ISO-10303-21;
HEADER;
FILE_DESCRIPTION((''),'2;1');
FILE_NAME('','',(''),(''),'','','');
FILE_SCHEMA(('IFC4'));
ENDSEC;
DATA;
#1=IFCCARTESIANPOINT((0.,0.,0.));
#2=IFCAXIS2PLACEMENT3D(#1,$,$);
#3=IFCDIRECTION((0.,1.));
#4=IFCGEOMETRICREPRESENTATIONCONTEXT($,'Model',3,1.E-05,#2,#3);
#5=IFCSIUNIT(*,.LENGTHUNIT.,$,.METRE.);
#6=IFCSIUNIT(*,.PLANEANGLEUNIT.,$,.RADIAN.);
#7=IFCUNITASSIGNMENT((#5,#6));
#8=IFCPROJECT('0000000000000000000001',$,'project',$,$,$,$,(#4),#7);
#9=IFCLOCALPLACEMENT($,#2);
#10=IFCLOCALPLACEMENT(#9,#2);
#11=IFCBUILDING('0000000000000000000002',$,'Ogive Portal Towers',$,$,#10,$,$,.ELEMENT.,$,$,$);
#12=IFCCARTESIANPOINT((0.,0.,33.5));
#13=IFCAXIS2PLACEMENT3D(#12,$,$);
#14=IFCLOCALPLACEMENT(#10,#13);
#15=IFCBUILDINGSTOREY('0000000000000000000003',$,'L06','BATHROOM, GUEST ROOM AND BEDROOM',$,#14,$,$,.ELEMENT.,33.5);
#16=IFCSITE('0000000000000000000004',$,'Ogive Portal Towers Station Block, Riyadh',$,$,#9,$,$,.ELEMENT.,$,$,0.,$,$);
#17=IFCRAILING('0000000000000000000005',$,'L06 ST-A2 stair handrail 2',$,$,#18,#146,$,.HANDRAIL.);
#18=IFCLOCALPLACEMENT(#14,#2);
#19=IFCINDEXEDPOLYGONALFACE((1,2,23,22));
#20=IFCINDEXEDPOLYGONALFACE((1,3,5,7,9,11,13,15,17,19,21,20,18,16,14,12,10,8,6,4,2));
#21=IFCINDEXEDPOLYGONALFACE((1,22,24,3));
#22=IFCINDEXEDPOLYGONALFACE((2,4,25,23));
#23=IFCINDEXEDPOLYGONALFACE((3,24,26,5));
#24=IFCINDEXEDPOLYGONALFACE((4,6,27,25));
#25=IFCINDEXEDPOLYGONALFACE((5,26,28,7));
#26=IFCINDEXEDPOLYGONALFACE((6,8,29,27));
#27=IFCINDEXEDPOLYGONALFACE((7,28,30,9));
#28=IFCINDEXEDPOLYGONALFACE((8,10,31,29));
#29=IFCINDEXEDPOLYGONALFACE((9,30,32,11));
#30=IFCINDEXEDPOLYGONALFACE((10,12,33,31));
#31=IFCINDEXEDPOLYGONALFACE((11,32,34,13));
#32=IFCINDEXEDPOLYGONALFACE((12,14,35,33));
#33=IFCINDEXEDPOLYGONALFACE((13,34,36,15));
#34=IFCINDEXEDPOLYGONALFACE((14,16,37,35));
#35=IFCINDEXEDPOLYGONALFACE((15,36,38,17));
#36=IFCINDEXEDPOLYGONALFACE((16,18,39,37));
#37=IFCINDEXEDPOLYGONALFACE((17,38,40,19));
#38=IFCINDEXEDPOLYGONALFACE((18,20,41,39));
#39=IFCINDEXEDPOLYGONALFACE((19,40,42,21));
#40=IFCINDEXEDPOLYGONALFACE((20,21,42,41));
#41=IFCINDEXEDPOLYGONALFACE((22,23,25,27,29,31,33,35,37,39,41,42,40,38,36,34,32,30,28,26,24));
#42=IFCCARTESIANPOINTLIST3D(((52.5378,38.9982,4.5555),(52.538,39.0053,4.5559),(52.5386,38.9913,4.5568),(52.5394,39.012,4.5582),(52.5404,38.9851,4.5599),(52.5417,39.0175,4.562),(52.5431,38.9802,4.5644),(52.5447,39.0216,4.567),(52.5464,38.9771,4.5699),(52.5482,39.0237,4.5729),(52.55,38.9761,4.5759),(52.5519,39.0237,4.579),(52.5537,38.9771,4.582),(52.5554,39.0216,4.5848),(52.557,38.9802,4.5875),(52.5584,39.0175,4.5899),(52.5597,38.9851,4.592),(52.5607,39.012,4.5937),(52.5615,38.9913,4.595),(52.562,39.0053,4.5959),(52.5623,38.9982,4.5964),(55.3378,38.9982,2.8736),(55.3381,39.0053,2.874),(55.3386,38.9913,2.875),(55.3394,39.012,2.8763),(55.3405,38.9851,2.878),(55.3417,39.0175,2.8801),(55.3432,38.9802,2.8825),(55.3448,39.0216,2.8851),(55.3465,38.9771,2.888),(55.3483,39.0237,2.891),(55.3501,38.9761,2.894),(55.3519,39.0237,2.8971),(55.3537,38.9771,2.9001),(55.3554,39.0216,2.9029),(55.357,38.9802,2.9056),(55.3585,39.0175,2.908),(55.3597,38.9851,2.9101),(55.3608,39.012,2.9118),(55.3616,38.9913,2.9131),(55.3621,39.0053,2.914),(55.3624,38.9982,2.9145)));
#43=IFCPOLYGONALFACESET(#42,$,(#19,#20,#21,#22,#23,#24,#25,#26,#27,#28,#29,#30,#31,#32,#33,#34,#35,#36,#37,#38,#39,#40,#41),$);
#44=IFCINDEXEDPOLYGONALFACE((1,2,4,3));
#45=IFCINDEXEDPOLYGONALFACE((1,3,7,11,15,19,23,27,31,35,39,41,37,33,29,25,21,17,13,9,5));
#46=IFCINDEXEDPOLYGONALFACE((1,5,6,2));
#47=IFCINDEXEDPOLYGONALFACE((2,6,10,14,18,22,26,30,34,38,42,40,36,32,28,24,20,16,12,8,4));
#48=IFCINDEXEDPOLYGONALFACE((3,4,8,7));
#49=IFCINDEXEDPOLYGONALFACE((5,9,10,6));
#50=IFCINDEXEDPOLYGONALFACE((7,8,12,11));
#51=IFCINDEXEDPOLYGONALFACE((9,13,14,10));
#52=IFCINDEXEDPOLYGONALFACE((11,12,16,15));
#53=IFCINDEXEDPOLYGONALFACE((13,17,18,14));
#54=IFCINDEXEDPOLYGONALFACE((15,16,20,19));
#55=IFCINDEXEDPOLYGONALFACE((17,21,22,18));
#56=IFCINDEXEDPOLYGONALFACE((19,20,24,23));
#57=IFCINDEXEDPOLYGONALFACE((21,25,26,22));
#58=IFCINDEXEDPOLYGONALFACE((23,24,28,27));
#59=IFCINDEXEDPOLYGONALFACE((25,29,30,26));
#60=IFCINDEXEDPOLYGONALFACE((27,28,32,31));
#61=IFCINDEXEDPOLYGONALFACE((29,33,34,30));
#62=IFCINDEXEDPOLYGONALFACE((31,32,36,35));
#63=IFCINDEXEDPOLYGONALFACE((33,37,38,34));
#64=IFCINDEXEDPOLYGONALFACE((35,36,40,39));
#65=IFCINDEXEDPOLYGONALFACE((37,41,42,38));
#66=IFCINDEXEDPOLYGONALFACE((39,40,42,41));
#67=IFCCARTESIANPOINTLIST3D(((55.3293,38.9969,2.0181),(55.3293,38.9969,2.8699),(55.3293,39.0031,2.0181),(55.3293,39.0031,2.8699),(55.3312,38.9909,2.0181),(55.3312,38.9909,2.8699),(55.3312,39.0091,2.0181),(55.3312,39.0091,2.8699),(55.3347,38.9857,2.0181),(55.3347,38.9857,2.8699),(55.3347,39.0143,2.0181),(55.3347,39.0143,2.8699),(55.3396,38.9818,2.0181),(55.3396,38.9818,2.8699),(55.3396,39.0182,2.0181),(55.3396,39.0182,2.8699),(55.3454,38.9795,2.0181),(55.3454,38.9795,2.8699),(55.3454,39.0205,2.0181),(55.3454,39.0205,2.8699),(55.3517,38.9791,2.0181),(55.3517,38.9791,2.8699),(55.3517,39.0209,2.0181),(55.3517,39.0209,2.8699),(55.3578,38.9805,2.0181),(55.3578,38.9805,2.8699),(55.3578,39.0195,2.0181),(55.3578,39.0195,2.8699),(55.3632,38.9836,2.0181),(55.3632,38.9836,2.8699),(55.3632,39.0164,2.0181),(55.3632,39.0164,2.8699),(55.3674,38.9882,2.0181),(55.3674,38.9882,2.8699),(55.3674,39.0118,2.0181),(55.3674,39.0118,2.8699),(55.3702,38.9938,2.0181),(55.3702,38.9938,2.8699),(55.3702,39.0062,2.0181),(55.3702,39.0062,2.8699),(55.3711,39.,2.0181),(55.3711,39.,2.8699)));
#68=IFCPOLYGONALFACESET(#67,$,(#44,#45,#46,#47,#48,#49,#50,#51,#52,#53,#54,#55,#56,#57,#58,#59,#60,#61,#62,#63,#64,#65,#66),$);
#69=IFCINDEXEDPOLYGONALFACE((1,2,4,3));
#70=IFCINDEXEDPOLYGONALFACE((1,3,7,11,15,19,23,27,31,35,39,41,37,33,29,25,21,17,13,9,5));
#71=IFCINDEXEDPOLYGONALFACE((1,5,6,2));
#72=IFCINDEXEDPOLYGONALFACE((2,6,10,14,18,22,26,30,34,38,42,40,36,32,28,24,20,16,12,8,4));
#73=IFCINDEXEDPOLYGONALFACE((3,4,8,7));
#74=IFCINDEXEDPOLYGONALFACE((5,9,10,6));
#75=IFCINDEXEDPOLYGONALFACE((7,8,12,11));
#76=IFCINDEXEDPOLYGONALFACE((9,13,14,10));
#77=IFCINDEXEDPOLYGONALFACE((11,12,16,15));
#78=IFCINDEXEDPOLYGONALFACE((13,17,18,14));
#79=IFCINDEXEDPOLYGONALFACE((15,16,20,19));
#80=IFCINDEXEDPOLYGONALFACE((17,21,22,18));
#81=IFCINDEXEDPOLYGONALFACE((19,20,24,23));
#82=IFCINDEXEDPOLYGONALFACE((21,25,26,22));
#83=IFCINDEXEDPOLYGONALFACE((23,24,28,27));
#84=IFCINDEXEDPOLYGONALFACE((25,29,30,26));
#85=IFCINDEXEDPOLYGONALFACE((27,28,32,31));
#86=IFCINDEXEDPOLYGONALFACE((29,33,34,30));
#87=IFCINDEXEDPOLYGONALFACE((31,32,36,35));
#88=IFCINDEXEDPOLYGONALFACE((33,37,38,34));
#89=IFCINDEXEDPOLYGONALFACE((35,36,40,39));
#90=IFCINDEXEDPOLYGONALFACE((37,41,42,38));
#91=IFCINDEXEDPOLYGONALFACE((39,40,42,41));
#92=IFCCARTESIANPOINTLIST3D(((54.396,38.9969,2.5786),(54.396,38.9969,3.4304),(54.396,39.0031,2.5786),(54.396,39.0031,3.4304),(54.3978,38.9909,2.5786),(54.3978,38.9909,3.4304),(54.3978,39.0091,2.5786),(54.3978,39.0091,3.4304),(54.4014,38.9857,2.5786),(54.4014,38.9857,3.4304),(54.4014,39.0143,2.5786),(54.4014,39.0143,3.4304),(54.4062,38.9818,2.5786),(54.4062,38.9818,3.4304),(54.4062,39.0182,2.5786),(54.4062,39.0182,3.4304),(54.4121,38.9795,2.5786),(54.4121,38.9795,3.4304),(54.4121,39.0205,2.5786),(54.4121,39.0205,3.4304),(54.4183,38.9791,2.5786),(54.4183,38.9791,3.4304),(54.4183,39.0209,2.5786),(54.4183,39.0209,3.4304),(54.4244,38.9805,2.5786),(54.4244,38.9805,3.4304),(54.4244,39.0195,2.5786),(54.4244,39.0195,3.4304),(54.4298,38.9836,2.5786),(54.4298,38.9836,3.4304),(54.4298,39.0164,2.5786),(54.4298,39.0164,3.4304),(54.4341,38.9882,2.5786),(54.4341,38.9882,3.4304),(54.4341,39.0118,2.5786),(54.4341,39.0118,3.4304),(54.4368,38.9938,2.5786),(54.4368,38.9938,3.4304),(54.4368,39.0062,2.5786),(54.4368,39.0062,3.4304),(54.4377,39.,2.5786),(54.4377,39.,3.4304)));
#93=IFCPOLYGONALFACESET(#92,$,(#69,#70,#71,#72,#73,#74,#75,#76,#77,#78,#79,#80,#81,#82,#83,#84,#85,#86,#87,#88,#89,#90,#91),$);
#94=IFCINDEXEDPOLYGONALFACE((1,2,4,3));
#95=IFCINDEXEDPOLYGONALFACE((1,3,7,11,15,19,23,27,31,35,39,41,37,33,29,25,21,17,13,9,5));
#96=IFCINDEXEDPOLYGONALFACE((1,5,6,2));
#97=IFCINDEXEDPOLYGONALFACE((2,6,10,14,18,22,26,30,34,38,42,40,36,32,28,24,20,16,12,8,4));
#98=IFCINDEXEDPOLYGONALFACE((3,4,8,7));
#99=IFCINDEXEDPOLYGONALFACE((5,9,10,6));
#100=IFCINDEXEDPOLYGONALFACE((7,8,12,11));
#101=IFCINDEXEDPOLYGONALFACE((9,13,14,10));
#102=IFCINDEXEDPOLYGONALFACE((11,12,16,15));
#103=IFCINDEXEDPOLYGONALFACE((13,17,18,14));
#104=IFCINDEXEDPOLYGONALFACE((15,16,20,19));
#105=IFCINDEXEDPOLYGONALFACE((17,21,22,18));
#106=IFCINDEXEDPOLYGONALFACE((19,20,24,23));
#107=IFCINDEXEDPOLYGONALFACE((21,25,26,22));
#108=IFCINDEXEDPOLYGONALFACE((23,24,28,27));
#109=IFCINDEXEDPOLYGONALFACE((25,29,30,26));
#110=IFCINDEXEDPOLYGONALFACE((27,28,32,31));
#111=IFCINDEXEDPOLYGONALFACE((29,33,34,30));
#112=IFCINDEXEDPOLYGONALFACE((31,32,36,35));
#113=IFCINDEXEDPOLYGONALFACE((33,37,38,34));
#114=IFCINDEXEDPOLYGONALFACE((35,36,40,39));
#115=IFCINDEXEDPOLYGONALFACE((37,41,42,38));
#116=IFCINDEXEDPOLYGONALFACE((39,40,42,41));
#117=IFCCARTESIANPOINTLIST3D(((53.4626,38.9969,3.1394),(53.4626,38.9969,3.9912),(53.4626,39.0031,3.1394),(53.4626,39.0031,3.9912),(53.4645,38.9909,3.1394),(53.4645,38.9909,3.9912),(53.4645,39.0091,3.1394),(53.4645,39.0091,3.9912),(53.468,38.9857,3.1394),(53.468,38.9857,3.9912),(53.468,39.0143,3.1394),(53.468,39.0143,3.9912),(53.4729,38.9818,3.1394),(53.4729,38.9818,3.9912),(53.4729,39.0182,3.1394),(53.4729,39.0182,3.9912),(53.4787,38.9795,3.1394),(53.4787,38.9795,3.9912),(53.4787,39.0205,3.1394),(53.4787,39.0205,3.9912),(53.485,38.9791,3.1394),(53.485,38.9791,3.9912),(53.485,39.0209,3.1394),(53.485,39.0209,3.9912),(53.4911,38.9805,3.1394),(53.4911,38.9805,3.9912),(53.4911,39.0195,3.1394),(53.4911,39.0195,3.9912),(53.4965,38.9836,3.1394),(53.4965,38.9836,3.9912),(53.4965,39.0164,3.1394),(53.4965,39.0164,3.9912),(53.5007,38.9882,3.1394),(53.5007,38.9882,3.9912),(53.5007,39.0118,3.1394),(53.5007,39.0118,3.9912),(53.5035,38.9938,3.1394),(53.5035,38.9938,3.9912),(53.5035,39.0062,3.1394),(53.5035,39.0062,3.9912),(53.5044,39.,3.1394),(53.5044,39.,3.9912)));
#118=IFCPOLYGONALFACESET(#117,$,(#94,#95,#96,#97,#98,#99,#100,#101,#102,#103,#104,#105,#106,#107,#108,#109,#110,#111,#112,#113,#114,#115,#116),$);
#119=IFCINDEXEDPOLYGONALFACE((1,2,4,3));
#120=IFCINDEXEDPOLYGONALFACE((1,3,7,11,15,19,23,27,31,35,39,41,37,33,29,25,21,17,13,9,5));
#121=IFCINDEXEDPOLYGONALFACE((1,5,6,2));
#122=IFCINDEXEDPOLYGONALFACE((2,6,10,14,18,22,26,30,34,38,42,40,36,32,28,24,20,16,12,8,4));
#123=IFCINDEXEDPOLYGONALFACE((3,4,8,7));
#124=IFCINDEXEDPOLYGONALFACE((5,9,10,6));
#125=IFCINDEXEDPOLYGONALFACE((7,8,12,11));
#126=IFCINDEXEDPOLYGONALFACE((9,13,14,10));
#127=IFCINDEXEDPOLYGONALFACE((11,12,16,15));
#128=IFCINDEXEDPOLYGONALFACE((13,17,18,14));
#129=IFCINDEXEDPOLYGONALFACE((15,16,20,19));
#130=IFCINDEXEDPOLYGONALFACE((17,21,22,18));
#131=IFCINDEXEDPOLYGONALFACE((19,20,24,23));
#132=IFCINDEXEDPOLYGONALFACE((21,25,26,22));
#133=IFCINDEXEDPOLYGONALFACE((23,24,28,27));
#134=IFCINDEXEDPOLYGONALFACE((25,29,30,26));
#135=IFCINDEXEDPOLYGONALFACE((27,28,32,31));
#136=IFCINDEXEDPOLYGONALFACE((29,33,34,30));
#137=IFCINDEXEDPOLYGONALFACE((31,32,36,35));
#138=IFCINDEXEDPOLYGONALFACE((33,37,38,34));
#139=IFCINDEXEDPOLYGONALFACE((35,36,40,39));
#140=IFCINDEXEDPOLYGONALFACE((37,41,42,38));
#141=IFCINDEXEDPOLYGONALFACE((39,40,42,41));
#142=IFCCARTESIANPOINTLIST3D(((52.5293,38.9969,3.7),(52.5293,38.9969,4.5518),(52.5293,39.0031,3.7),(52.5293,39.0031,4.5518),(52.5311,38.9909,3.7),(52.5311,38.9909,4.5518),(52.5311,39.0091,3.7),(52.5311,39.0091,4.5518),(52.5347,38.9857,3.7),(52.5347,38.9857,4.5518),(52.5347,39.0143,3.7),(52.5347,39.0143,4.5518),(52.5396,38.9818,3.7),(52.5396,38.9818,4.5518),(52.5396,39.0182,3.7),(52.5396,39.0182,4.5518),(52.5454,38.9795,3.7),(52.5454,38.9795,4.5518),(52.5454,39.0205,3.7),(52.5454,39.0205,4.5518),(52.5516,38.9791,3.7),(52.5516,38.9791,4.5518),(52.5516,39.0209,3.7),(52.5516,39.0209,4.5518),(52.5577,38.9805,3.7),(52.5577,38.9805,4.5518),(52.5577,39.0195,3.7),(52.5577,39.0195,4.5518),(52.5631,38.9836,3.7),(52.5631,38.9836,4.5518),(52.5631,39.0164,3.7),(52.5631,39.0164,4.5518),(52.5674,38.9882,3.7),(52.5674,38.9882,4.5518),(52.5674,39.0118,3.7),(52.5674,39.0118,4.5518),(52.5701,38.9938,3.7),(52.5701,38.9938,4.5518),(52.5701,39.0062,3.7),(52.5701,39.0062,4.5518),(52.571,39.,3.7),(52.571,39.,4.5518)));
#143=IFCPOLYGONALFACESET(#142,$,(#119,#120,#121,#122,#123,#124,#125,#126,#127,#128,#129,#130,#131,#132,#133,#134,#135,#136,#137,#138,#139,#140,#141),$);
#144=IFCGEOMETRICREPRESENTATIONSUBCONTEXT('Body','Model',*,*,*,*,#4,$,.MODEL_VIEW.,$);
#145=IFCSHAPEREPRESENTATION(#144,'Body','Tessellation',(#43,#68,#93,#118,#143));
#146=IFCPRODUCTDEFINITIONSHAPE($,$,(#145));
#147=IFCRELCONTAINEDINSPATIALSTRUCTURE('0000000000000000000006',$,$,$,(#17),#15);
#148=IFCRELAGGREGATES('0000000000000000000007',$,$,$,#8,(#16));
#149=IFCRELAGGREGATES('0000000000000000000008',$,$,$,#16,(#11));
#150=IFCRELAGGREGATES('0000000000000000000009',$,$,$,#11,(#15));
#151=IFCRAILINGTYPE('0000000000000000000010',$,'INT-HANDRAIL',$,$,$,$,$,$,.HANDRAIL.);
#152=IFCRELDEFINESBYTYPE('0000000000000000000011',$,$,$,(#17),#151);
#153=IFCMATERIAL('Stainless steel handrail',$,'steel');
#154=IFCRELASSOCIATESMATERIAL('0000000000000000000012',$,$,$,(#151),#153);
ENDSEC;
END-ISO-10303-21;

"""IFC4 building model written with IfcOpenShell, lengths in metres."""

from ifc_helpers import new_model, si_unit, direction, frame, origin, origin_2d, place, context, subcontext, project, spatial, circle, extrude, material, type_object, element, save


model = new_model("IFC4")

# Units and contexts
model_context = context("Model", 3, precision=1e-05, world=origin(), true_north=direction((0.0, 1.0)))
body_context = subcontext(model_context, "Body", "Model", "MODEL_VIEW")
ifc_project = project(units=[si_unit("LENGTHUNIT", "METRE"), si_unit("PLANEANGLEUNIT", "RADIAN")], contexts=[model_context])

# Site, building, storey
site_placement = place(None, origin())
site = spatial("IfcSite", under=ifc_project, at=site_placement, Name="Ogive Portal Towers Station Block, Riyadh", CompositionType="ELEMENT", RefElevation=0.0)
building_placement = place(site_placement, origin())
building = spatial("IfcBuilding", under=site, at=building_placement, Name="Ogive Portal Towers", CompositionType="ELEMENT")
storey_placement = place(building_placement, frame((0.0, 0.0, 33.5)))
storey = spatial("IfcBuildingStorey", under=building, at=storey_placement, Name="L06", Description="BATHROOM, GUEST ROOM AND BEDROOM", CompositionType="ELEMENT", Elevation=33.5)

# Railing
ifc_material_1 = material(Name="Stainless steel handrail", Category="steel")
railing_type_1 = type_object("IfcRailingType", Name="INT-HANDRAIL", PredefinedType="HANDRAIL", material=ifc_material_1)
railing_1_placement = place(storey_placement, frame((55.3501, 39.0, 2.0181)))
element("IfcRailing", 1, at=railing_1_placement, inside=storey, type_object=railing_type_1, Name="L06 ST-A2 stair handrail 2", PredefinedType="HANDRAIL", context=body_context, shape_type="SweptSolid", body=[
    extrude(circle(Radius=0.0239, at=origin_2d()), frame((0.0, 0.0, 0.876), z_axis=(-0.857242, 0.0, 0.514913), x_axis=(0.0, -1.0, 0.0)), (0.0, 0.0, 1.0), 3.2664),
    extrude(circle(Radius=0.021, at=origin_2d()), origin(), (0.0, 0.0, 1.0), 0.8518),
    extrude(circle(Radius=0.021, at=origin_2d()), frame((-0.9333, 0.0, 0.5605)), (0.0, 0.0, 1.0), 0.8518),
    extrude(circle(Radius=0.021, at=origin_2d()), frame((-1.8667, 0.0, 1.1213)), (0.0, 0.0, 1.0), 0.8518),
    extrude(circle(Radius=0.021, at=origin_2d()), frame((-2.8, 0.0, 1.6819)), (0.0, 0.0, 1.0), 0.8518),
])

save(model, "model.ifc")
